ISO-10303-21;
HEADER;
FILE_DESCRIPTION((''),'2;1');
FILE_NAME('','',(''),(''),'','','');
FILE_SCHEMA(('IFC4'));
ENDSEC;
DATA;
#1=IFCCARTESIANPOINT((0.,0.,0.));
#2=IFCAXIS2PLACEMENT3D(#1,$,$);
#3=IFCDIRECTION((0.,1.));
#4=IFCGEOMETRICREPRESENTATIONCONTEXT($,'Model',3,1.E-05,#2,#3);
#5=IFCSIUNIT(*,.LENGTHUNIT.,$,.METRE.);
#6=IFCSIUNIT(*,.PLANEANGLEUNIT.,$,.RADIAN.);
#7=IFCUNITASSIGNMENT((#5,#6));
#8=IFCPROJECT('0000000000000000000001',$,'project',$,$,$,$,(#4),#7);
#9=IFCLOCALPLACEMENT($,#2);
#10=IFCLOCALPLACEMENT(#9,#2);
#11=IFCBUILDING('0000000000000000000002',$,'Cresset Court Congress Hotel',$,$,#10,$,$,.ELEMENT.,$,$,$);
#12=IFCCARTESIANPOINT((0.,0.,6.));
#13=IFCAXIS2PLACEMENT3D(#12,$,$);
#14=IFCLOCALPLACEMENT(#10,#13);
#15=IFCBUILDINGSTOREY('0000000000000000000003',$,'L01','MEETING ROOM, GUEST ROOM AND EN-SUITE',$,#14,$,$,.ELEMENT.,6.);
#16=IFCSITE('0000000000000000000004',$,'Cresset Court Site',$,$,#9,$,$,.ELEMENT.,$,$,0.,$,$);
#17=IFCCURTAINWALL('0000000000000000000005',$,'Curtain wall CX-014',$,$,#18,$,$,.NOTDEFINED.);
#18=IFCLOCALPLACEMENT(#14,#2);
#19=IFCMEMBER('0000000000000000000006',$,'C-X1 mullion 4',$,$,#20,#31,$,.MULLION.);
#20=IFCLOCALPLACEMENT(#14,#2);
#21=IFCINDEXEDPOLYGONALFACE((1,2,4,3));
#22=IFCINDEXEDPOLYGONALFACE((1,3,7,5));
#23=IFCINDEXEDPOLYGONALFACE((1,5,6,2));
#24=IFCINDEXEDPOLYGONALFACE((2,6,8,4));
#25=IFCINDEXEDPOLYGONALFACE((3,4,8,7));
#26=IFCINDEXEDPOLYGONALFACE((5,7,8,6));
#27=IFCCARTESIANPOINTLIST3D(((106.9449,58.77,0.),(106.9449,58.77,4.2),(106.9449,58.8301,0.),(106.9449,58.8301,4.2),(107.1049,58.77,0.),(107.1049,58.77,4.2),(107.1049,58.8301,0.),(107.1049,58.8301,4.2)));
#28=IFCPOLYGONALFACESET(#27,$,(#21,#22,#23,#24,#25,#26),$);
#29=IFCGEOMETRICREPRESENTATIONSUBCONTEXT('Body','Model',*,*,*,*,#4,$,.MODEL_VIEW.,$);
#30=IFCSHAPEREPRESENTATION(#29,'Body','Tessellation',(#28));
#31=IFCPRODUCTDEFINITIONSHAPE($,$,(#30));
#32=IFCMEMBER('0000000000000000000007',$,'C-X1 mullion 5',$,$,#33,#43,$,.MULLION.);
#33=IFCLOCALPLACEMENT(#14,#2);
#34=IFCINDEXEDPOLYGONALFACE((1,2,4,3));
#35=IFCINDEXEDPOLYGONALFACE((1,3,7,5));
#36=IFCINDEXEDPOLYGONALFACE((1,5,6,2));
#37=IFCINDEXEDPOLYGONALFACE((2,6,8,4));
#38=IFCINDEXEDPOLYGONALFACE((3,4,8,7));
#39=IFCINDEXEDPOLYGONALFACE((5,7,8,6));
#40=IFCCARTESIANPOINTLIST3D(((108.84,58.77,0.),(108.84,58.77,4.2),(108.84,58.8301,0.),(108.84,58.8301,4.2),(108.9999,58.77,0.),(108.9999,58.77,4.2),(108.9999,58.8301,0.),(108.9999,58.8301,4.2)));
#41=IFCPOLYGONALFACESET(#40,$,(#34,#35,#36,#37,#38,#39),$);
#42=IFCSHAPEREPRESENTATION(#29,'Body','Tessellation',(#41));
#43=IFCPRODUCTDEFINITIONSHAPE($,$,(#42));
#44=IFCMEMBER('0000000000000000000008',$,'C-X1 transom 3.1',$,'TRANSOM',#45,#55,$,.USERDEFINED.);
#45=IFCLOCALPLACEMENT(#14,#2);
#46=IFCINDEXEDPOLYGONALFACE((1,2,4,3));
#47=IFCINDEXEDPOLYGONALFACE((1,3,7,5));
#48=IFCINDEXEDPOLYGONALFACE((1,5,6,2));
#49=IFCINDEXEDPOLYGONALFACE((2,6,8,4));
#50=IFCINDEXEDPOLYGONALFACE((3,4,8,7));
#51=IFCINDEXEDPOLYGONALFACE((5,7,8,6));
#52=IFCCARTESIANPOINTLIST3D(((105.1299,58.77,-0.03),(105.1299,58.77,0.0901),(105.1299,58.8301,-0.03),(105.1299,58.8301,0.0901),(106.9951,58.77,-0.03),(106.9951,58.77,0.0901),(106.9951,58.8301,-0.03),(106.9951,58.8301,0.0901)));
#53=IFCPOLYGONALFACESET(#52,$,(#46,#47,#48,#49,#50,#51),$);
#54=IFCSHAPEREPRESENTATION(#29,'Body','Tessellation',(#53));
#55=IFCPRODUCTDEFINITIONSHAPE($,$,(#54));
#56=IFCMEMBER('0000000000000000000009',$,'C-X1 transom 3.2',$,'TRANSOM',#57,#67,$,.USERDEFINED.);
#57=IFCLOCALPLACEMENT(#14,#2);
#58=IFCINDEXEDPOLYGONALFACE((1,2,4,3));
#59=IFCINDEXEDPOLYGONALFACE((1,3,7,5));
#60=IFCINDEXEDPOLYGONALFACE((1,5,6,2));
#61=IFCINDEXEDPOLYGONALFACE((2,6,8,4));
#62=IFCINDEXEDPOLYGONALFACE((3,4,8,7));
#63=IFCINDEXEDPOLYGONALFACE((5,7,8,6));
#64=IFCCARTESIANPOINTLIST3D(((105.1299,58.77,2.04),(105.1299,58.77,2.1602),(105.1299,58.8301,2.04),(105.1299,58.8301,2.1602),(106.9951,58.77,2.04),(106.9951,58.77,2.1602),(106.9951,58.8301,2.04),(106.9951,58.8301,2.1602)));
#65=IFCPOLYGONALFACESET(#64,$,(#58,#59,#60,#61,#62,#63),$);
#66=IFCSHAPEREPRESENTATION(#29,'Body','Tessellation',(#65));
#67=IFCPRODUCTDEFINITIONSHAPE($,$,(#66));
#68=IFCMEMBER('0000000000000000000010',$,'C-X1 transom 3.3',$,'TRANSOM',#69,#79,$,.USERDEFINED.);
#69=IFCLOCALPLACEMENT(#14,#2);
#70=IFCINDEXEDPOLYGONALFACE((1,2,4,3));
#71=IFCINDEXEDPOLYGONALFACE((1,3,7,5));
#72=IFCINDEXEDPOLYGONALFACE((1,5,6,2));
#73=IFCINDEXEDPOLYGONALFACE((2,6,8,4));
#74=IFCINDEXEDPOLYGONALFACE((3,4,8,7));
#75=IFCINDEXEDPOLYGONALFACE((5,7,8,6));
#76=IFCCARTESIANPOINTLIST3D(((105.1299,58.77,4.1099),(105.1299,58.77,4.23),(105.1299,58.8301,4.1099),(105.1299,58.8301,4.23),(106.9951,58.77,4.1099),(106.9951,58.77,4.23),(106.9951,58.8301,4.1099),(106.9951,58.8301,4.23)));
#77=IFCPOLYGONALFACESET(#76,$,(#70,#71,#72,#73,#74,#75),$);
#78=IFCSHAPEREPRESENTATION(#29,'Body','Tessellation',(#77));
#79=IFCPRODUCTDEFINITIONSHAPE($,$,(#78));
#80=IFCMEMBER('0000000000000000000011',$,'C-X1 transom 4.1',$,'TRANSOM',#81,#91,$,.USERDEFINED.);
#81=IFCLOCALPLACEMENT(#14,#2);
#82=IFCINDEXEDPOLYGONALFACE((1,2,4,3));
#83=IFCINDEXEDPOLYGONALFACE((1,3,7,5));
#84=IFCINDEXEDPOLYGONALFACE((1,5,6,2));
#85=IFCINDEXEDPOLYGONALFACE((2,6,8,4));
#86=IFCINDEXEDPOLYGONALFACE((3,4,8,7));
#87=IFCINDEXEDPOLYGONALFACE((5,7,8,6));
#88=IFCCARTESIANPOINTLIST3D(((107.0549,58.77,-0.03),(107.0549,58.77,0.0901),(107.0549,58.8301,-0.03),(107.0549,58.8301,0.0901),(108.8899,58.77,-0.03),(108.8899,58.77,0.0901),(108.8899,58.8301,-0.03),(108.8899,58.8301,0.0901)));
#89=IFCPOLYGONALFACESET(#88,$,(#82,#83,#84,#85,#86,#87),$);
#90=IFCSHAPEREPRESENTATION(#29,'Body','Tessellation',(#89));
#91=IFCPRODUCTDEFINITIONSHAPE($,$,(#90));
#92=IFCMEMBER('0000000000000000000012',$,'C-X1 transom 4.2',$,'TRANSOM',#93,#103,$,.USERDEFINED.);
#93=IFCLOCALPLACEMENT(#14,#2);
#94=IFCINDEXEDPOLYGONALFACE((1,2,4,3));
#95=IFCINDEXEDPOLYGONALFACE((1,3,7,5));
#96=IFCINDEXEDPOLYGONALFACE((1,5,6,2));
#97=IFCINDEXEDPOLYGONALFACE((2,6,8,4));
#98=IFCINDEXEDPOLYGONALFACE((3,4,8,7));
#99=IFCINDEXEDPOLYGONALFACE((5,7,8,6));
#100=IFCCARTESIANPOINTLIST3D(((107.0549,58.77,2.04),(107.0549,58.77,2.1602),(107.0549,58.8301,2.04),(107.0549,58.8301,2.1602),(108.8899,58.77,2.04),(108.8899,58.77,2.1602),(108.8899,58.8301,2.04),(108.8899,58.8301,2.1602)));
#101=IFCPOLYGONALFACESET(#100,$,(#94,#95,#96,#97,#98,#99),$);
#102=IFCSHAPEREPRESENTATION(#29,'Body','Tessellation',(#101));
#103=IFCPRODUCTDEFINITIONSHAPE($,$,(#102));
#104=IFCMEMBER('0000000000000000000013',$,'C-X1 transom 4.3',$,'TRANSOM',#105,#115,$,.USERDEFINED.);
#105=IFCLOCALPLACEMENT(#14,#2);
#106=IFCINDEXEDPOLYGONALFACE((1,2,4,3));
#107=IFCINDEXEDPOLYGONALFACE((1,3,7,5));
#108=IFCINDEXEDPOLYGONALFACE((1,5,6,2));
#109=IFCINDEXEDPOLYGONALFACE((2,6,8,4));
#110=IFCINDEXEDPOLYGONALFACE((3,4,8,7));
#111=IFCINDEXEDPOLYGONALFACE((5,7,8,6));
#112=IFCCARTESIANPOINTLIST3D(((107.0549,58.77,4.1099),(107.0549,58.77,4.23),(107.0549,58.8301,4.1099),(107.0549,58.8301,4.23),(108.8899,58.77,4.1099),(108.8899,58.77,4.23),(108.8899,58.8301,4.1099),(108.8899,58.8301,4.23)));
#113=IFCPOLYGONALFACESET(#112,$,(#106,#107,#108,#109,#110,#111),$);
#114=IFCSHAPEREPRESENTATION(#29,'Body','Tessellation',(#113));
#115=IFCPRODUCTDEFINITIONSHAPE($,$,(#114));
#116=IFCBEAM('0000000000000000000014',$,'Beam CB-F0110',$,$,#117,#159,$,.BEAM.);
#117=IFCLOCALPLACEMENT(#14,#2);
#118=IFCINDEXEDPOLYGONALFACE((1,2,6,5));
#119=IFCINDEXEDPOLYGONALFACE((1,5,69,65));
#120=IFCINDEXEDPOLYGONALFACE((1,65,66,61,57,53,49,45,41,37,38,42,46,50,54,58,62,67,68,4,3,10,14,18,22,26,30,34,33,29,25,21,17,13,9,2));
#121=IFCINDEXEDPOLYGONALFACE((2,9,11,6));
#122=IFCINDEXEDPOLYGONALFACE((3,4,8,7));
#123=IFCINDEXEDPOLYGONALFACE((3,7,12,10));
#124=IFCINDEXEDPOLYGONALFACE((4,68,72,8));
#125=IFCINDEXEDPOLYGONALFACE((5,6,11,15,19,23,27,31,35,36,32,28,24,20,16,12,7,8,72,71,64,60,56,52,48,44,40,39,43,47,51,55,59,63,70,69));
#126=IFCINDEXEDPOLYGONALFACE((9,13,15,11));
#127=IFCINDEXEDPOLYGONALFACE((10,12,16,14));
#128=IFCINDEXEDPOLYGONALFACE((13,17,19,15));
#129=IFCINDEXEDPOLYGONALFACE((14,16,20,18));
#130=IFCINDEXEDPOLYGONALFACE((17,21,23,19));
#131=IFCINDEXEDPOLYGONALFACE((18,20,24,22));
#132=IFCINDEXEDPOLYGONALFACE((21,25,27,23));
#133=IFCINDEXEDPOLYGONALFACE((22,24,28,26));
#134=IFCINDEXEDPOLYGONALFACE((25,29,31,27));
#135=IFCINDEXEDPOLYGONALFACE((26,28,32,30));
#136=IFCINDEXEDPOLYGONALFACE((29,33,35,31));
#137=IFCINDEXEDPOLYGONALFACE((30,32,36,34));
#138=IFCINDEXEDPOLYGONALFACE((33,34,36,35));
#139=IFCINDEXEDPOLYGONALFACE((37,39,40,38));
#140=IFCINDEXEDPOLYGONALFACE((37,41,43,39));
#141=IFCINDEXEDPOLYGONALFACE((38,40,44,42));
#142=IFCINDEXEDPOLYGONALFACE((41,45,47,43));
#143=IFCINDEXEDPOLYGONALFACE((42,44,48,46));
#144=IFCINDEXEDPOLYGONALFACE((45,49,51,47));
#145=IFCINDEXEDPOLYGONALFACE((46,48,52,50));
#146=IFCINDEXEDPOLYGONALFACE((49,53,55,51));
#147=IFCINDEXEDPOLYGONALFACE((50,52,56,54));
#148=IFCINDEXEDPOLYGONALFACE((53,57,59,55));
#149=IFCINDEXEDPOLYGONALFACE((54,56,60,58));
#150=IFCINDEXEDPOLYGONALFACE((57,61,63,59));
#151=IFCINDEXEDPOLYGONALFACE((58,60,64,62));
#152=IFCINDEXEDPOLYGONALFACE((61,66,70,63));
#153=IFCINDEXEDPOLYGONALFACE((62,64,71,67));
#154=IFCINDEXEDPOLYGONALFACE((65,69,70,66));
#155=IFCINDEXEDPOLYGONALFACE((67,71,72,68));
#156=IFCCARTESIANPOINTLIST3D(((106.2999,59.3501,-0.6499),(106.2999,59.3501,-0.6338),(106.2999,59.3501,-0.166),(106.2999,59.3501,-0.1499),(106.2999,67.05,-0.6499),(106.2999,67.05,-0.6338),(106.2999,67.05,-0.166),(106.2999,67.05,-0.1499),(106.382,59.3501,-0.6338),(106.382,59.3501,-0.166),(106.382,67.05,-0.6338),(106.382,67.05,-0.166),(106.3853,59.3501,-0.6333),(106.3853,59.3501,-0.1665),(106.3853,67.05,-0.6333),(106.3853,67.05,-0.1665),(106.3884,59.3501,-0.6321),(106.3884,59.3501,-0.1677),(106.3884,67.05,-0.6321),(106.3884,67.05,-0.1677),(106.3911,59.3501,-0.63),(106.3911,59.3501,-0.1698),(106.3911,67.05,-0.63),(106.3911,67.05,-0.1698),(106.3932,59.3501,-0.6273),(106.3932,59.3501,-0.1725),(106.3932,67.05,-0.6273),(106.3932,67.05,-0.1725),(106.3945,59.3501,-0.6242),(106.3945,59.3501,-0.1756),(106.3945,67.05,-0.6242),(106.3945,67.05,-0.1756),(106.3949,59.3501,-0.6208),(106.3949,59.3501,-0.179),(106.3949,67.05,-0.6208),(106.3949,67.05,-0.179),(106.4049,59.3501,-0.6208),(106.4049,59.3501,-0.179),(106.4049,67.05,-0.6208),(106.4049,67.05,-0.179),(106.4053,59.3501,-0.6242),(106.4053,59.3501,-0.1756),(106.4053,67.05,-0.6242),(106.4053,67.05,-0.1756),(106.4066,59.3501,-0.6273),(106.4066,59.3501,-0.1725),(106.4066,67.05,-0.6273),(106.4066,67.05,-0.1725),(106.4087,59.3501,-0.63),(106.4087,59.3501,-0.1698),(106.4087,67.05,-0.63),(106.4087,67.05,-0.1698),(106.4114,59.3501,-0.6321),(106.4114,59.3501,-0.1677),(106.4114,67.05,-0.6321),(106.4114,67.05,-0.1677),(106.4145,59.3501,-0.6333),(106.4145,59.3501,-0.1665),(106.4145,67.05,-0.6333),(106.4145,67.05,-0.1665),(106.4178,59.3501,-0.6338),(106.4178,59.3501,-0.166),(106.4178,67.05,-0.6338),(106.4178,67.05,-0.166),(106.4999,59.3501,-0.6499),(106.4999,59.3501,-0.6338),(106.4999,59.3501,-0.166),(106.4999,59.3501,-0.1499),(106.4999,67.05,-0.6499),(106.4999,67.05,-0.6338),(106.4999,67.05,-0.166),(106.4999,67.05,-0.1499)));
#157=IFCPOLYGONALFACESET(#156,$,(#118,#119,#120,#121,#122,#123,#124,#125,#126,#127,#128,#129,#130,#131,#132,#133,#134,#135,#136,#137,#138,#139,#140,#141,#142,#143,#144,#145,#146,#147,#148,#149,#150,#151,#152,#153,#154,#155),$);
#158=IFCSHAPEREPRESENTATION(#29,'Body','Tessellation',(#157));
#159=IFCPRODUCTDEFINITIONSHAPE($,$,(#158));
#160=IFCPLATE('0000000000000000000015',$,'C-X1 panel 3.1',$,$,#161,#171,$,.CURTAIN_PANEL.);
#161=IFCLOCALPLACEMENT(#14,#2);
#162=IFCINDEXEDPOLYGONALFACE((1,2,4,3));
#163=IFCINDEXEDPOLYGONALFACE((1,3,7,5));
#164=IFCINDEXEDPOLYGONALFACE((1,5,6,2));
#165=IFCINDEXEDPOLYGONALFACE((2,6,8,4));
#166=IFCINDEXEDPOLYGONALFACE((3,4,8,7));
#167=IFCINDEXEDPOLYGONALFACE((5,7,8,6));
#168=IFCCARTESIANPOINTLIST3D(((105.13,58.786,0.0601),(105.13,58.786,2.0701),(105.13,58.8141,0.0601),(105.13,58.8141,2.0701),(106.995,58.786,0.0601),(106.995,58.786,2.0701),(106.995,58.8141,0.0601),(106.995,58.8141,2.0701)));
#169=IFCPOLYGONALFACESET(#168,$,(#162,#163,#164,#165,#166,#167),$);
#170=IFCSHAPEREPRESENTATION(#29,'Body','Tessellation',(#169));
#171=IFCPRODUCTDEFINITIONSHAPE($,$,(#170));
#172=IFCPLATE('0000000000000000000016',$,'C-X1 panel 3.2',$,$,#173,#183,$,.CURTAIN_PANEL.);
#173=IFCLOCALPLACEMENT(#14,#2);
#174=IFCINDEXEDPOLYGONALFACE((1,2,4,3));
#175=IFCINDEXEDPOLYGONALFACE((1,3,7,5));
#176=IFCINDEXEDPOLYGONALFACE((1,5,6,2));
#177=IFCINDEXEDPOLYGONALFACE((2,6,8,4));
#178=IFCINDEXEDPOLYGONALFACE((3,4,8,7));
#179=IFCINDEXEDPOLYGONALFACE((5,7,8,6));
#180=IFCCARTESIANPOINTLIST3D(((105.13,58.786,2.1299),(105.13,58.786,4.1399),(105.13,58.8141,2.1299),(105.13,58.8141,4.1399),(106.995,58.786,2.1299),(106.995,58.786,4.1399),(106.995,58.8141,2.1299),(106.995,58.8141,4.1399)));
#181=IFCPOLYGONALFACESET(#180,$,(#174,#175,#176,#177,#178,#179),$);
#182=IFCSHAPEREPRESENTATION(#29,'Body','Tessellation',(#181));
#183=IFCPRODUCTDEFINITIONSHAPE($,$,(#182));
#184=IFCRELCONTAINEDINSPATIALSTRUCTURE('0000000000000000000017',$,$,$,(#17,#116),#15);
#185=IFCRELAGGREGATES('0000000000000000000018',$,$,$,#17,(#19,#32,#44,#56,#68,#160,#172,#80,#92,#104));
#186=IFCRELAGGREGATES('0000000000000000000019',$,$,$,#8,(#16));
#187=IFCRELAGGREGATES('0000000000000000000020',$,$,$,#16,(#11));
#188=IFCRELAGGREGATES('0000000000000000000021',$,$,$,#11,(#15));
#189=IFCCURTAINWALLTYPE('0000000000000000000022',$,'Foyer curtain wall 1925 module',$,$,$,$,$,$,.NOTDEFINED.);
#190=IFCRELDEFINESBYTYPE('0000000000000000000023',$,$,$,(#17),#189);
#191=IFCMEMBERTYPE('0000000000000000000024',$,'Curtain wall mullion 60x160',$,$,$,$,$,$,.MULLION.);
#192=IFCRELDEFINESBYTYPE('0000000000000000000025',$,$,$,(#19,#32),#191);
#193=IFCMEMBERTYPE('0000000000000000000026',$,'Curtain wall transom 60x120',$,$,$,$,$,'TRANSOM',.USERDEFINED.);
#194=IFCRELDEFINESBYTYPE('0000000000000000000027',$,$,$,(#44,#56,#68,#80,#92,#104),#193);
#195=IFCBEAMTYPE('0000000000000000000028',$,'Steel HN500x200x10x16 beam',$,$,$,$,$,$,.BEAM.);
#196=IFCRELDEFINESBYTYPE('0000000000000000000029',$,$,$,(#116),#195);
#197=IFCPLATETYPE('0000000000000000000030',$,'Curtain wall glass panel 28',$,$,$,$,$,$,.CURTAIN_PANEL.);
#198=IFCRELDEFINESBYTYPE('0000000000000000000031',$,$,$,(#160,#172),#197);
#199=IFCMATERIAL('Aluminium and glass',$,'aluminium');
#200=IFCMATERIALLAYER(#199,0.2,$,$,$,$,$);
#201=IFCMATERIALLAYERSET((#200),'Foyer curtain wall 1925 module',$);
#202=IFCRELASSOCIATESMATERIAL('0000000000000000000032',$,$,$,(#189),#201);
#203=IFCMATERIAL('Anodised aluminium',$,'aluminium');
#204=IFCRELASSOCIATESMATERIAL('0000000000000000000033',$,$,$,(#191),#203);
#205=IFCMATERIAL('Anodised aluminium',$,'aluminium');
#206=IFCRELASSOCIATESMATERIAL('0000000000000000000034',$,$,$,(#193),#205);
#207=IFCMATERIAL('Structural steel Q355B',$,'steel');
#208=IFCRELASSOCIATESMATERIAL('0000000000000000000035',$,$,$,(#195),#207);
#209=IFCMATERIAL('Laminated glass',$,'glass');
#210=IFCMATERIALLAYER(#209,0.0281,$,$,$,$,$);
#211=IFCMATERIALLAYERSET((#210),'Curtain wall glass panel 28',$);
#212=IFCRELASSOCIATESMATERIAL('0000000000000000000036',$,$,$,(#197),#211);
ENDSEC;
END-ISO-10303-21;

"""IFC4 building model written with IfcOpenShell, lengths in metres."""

from ifc_helpers import new_model, si_unit, direction, frame, origin, origin_2d, place, context, subcontext, project, spatial, rectangle, i_section, extrude, material, layer, layer_set, material_profile, profile_set, type_object, element, aggregate, save


model = new_model("IFC4")

# Units and contexts
model_context = context("Model", 3, precision=1e-05, world=origin(), true_north=direction((0.0, 1.0)))
body_context = subcontext(model_context, "Body", "Model", "MODEL_VIEW")
ifc_project = project(units=[si_unit("LENGTHUNIT", "METRE"), si_unit("PLANEANGLEUNIT", "RADIAN")], contexts=[model_context])

# Site, building, storey
site_placement = place(None, origin())
site = spatial("IfcSite", under=ifc_project, at=site_placement, Name="Cresset Court Site", CompositionType="ELEMENT", RefElevation=0.0)
building_placement = place(site_placement, origin())
building = spatial("IfcBuilding", under=site, at=building_placement, Name="Cresset Court Congress Hotel", CompositionType="ELEMENT")
storey_placement = place(building_placement, frame((0.0, 0.0, 6.0)))
storey = spatial("IfcBuildingStorey", under=building, at=storey_placement, Name="L01", Description="MEETING ROOM, GUEST ROOM AND EN-SUITE", CompositionType="ELEMENT", Elevation=6.0)

# Curtain wall, members
ifc_material_1 = material(Name="Aluminium and glass", Category="aluminium")
ifc_layer_1 = layer(ifc_material_1, 0.2)
ifc_layer_set_1 = layer_set([ifc_layer_1], Name="Foyer curtain wall 1925 module")
curtain_wall_type = type_object("IfcCurtainWallType", Name="Foyer curtain wall 1925 module", PredefinedType="NOTDEFINED", material=ifc_layer_set_1)
curtain_wall_placement = place(storey_placement, origin())
curtain_wall = element("IfcCurtainWall", 1, at=curtain_wall_placement, inside=storey, type_object=curtain_wall_type, Name="Curtain wall CX-014", PredefinedType="NOTDEFINED")
ifc_material_2 = material(Name="Anodised aluminium", Category="aluminium")
ifc_material_profile_1 = material_profile(ifc_material_2, rectangle(XDim=0.0601, YDim=0.1599, at=origin_2d()), Name="AL60x160")
ifc_profile_set_1 = profile_set([ifc_material_profile_1], Name="Anodised aluminium")
member_type_1 = type_object("IfcMemberType", Name="Curtain wall mullion 60x160", PredefinedType="MULLION", material=ifc_profile_set_1)
member_1_placement = place(storey_placement, frame((107.0249, 58.8, 0.0), z_axis=(0.0, 0.0, 1.0), x_axis=(0.0, 1.0, 0.0)))
member_1 = element("IfcMember", 2, at=member_1_placement, type_object=member_type_1, Name="C-X1 mullion 4", PredefinedType="MULLION", context=body_context, shape_type="SweptSolid", body=[
    extrude(rectangle(XDim=0.0601, YDim=0.1599, at=origin_2d()), origin(), (0.0, 0.0, 1.0), 4.2),
])
member_2_placement = place(storey_placement, frame((108.9199, 58.8, 0.0), z_axis=(0.0, 0.0, 1.0), x_axis=(0.0, 1.0, 0.0)))
member_2 = element("IfcMember", 3, at=member_2_placement, type_object=member_type_1, Name="C-X1 mullion 5", PredefinedType="MULLION", context=body_context, shape_type="SweptSolid", body=[
    extrude(rectangle(XDim=0.0601, YDim=0.1599, at=origin_2d()), origin(), (0.0, 0.0, 1.0), 4.2),
])
ifc_material_3 = material(Name="Anodised aluminium", Category="aluminium")
ifc_material_profile_2 = material_profile(ifc_material_3, rectangle(XDim=0.0601, YDim=0.1201, at=origin_2d()), Name="AL60x120")
ifc_profile_set_2 = profile_set([ifc_material_profile_2], Name="Anodised aluminium")
member_type_2 = type_object("IfcMemberType", Name="Curtain wall transom 60x120", ElementType="TRANSOM", PredefinedType="USERDEFINED", material=ifc_profile_set_2)
member_3_placement = place(storey_placement, frame((105.1299, 58.8, 0.03), z_axis=(1.0, 0.0, 0.0), x_axis=(0.0, 1.0, 0.0)))
member_3 = element("IfcMember", 4, at=member_3_placement, type_object=member_type_2, Name="C-X1 transom 3.1", ObjectType="TRANSOM", PredefinedType="USERDEFINED", context=body_context, shape_type="SweptSolid", body=[
    extrude(rectangle(XDim=0.0601, YDim=0.1201, at=origin_2d()), origin(), (0.0, 0.0, 1.0), 1.8652),
])
member_4_placement = place(storey_placement, frame((105.1299, 58.8, 2.1001), z_axis=(1.0, 0.0, 0.0), x_axis=(0.0, 1.0, 0.0)))
member_4 = element("IfcMember", 5, at=member_4_placement, type_object=member_type_2, Name="C-X1 transom 3.2", ObjectType="TRANSOM", PredefinedType="USERDEFINED", context=body_context, shape_type="SweptSolid", body=[
    extrude(rectangle(XDim=0.0601, YDim=0.1201, at=origin_2d()), origin(), (0.0, 0.0, 1.0), 1.8652),
])
member_5_placement = place(storey_placement, frame((105.1299, 58.8, 4.1699), z_axis=(1.0, 0.0, 0.0), x_axis=(0.0, 1.0, 0.0)))
member_5 = element("IfcMember", 6, at=member_5_placement, type_object=member_type_2, Name="C-X1 transom 3.3", ObjectType="TRANSOM", PredefinedType="USERDEFINED", context=body_context, shape_type="SweptSolid", body=[
    extrude(rectangle(XDim=0.0601, YDim=0.1201, at=origin_2d()), origin(), (0.0, 0.0, 1.0), 1.8652),
])
member_6_placement = place(storey_placement, frame((107.0549, 58.8, 0.03), z_axis=(1.0, 0.0, 0.0), x_axis=(0.0, 1.0, 0.0)))
member_6 = element("IfcMember", 7, at=member_6_placement, type_object=member_type_2, Name="C-X1 transom 4.1", ObjectType="TRANSOM", PredefinedType="USERDEFINED", context=body_context, shape_type="SweptSolid", body=[
    extrude(rectangle(XDim=0.0601, YDim=0.1201, at=origin_2d()), origin(), (0.0, 0.0, 1.0), 1.835),
])
member_7_placement = place(storey_placement, frame((107.0549, 58.8, 2.1001), z_axis=(1.0, 0.0, 0.0), x_axis=(0.0, 1.0, 0.0)))
member_7 = element("IfcMember", 8, at=member_7_placement, type_object=member_type_2, Name="C-X1 transom 4.2", ObjectType="TRANSOM", PredefinedType="USERDEFINED", context=body_context, shape_type="SweptSolid", body=[
    extrude(rectangle(XDim=0.0601, YDim=0.1201, at=origin_2d()), origin(), (0.0, 0.0, 1.0), 1.835),
])
member_8_placement = place(storey_placement, frame((107.0549, 58.8, 4.1699), z_axis=(1.0, 0.0, 0.0), x_axis=(0.0, 1.0, 0.0)))
member_8 = element("IfcMember", 9, at=member_8_placement, type_object=member_type_2, Name="C-X1 transom 4.3", ObjectType="TRANSOM", PredefinedType="USERDEFINED", context=body_context, shape_type="SweptSolid", body=[
    extrude(rectangle(XDim=0.0601, YDim=0.1201, at=origin_2d()), origin(), (0.0, 0.0, 1.0), 1.835),
])

# Beam
ifc_material_4 = material(Name="Structural steel Q355B", Category="steel")
ifc_material_profile_3 = material_profile(ifc_material_4, i_section(OverallWidth=0.2, OverallDepth=0.5, WebThickness=0.01, FlangeThickness=0.0161, FilletRadius=0.0129, at=origin_2d()), Name="HN500x200x10x16")
ifc_profile_set_3 = profile_set([ifc_material_profile_3], Name="Structural steel Q355B")
beam_type = type_object("IfcBeamType", Name="Steel HN500x200x10x16 beam", PredefinedType="BEAM", material=ifc_profile_set_3)
beam_placement = place(storey_placement, frame((106.3999, 59.3501, -0.3999), z_axis=(0.0, 1.0, 0.0), x_axis=(-1.0, 0.0, 0.0)))
element("IfcBeam", 10, at=beam_placement, inside=storey, type_object=beam_type, Name="Beam CB-F0110", PredefinedType="BEAM", context=body_context, shape_type="SweptSolid", body=[
    extrude(i_section(OverallWidth=0.2, OverallDepth=0.5, WebThickness=0.01, FlangeThickness=0.0161, FilletRadius=0.0129, at=origin_2d()), origin(), (0.0, 0.0, 1.0), 7.7),
])

# Plates
ifc_material_5 = material(Name="Laminated glass", Category="glass")
ifc_layer_2 = layer(ifc_material_5, 0.0281)
ifc_layer_set_2 = layer_set([ifc_layer_2], Name="Curtain wall glass panel 28")
plate_type = type_object("IfcPlateType", Name="Curtain wall glass panel 28", PredefinedType="CURTAIN_PANEL", material=ifc_layer_set_2)
plate_1_placement = place(storey_placement, frame((106.0625, 58.8, 0.0601), z_axis=(0.0, 0.0, 1.0), x_axis=(1.0, 0.0, 0.0)))
plate_1 = element("IfcPlate", 11, at=plate_1_placement, type_object=plate_type, Name="C-X1 panel 3.1", PredefinedType="CURTAIN_PANEL", context=body_context, shape_type="SweptSolid", body=[
    extrude(rectangle(XDim=1.865, YDim=0.0281, at=origin_2d()), origin(), (0.0, 0.0, 1.0), 2.01),
])
plate_2_placement = place(storey_placement, frame((106.0625, 58.8, 2.1299), z_axis=(0.0, 0.0, 1.0), x_axis=(1.0, 0.0, 0.0)))
plate_2 = element("IfcPlate", 12, at=plate_2_placement, type_object=plate_type, Name="C-X1 panel 3.2", PredefinedType="CURTAIN_PANEL", context=body_context, shape_type="SweptSolid", body=[
    extrude(rectangle(XDim=1.865, YDim=0.0281, at=origin_2d()), origin(), (0.0, 0.0, 1.0), 2.01),
])
aggregate(curtain_wall, [member_1, member_2, member_3, member_4, member_5, plate_1, plate_2, member_6, member_7, member_8])

save(model, "model.ifc")
